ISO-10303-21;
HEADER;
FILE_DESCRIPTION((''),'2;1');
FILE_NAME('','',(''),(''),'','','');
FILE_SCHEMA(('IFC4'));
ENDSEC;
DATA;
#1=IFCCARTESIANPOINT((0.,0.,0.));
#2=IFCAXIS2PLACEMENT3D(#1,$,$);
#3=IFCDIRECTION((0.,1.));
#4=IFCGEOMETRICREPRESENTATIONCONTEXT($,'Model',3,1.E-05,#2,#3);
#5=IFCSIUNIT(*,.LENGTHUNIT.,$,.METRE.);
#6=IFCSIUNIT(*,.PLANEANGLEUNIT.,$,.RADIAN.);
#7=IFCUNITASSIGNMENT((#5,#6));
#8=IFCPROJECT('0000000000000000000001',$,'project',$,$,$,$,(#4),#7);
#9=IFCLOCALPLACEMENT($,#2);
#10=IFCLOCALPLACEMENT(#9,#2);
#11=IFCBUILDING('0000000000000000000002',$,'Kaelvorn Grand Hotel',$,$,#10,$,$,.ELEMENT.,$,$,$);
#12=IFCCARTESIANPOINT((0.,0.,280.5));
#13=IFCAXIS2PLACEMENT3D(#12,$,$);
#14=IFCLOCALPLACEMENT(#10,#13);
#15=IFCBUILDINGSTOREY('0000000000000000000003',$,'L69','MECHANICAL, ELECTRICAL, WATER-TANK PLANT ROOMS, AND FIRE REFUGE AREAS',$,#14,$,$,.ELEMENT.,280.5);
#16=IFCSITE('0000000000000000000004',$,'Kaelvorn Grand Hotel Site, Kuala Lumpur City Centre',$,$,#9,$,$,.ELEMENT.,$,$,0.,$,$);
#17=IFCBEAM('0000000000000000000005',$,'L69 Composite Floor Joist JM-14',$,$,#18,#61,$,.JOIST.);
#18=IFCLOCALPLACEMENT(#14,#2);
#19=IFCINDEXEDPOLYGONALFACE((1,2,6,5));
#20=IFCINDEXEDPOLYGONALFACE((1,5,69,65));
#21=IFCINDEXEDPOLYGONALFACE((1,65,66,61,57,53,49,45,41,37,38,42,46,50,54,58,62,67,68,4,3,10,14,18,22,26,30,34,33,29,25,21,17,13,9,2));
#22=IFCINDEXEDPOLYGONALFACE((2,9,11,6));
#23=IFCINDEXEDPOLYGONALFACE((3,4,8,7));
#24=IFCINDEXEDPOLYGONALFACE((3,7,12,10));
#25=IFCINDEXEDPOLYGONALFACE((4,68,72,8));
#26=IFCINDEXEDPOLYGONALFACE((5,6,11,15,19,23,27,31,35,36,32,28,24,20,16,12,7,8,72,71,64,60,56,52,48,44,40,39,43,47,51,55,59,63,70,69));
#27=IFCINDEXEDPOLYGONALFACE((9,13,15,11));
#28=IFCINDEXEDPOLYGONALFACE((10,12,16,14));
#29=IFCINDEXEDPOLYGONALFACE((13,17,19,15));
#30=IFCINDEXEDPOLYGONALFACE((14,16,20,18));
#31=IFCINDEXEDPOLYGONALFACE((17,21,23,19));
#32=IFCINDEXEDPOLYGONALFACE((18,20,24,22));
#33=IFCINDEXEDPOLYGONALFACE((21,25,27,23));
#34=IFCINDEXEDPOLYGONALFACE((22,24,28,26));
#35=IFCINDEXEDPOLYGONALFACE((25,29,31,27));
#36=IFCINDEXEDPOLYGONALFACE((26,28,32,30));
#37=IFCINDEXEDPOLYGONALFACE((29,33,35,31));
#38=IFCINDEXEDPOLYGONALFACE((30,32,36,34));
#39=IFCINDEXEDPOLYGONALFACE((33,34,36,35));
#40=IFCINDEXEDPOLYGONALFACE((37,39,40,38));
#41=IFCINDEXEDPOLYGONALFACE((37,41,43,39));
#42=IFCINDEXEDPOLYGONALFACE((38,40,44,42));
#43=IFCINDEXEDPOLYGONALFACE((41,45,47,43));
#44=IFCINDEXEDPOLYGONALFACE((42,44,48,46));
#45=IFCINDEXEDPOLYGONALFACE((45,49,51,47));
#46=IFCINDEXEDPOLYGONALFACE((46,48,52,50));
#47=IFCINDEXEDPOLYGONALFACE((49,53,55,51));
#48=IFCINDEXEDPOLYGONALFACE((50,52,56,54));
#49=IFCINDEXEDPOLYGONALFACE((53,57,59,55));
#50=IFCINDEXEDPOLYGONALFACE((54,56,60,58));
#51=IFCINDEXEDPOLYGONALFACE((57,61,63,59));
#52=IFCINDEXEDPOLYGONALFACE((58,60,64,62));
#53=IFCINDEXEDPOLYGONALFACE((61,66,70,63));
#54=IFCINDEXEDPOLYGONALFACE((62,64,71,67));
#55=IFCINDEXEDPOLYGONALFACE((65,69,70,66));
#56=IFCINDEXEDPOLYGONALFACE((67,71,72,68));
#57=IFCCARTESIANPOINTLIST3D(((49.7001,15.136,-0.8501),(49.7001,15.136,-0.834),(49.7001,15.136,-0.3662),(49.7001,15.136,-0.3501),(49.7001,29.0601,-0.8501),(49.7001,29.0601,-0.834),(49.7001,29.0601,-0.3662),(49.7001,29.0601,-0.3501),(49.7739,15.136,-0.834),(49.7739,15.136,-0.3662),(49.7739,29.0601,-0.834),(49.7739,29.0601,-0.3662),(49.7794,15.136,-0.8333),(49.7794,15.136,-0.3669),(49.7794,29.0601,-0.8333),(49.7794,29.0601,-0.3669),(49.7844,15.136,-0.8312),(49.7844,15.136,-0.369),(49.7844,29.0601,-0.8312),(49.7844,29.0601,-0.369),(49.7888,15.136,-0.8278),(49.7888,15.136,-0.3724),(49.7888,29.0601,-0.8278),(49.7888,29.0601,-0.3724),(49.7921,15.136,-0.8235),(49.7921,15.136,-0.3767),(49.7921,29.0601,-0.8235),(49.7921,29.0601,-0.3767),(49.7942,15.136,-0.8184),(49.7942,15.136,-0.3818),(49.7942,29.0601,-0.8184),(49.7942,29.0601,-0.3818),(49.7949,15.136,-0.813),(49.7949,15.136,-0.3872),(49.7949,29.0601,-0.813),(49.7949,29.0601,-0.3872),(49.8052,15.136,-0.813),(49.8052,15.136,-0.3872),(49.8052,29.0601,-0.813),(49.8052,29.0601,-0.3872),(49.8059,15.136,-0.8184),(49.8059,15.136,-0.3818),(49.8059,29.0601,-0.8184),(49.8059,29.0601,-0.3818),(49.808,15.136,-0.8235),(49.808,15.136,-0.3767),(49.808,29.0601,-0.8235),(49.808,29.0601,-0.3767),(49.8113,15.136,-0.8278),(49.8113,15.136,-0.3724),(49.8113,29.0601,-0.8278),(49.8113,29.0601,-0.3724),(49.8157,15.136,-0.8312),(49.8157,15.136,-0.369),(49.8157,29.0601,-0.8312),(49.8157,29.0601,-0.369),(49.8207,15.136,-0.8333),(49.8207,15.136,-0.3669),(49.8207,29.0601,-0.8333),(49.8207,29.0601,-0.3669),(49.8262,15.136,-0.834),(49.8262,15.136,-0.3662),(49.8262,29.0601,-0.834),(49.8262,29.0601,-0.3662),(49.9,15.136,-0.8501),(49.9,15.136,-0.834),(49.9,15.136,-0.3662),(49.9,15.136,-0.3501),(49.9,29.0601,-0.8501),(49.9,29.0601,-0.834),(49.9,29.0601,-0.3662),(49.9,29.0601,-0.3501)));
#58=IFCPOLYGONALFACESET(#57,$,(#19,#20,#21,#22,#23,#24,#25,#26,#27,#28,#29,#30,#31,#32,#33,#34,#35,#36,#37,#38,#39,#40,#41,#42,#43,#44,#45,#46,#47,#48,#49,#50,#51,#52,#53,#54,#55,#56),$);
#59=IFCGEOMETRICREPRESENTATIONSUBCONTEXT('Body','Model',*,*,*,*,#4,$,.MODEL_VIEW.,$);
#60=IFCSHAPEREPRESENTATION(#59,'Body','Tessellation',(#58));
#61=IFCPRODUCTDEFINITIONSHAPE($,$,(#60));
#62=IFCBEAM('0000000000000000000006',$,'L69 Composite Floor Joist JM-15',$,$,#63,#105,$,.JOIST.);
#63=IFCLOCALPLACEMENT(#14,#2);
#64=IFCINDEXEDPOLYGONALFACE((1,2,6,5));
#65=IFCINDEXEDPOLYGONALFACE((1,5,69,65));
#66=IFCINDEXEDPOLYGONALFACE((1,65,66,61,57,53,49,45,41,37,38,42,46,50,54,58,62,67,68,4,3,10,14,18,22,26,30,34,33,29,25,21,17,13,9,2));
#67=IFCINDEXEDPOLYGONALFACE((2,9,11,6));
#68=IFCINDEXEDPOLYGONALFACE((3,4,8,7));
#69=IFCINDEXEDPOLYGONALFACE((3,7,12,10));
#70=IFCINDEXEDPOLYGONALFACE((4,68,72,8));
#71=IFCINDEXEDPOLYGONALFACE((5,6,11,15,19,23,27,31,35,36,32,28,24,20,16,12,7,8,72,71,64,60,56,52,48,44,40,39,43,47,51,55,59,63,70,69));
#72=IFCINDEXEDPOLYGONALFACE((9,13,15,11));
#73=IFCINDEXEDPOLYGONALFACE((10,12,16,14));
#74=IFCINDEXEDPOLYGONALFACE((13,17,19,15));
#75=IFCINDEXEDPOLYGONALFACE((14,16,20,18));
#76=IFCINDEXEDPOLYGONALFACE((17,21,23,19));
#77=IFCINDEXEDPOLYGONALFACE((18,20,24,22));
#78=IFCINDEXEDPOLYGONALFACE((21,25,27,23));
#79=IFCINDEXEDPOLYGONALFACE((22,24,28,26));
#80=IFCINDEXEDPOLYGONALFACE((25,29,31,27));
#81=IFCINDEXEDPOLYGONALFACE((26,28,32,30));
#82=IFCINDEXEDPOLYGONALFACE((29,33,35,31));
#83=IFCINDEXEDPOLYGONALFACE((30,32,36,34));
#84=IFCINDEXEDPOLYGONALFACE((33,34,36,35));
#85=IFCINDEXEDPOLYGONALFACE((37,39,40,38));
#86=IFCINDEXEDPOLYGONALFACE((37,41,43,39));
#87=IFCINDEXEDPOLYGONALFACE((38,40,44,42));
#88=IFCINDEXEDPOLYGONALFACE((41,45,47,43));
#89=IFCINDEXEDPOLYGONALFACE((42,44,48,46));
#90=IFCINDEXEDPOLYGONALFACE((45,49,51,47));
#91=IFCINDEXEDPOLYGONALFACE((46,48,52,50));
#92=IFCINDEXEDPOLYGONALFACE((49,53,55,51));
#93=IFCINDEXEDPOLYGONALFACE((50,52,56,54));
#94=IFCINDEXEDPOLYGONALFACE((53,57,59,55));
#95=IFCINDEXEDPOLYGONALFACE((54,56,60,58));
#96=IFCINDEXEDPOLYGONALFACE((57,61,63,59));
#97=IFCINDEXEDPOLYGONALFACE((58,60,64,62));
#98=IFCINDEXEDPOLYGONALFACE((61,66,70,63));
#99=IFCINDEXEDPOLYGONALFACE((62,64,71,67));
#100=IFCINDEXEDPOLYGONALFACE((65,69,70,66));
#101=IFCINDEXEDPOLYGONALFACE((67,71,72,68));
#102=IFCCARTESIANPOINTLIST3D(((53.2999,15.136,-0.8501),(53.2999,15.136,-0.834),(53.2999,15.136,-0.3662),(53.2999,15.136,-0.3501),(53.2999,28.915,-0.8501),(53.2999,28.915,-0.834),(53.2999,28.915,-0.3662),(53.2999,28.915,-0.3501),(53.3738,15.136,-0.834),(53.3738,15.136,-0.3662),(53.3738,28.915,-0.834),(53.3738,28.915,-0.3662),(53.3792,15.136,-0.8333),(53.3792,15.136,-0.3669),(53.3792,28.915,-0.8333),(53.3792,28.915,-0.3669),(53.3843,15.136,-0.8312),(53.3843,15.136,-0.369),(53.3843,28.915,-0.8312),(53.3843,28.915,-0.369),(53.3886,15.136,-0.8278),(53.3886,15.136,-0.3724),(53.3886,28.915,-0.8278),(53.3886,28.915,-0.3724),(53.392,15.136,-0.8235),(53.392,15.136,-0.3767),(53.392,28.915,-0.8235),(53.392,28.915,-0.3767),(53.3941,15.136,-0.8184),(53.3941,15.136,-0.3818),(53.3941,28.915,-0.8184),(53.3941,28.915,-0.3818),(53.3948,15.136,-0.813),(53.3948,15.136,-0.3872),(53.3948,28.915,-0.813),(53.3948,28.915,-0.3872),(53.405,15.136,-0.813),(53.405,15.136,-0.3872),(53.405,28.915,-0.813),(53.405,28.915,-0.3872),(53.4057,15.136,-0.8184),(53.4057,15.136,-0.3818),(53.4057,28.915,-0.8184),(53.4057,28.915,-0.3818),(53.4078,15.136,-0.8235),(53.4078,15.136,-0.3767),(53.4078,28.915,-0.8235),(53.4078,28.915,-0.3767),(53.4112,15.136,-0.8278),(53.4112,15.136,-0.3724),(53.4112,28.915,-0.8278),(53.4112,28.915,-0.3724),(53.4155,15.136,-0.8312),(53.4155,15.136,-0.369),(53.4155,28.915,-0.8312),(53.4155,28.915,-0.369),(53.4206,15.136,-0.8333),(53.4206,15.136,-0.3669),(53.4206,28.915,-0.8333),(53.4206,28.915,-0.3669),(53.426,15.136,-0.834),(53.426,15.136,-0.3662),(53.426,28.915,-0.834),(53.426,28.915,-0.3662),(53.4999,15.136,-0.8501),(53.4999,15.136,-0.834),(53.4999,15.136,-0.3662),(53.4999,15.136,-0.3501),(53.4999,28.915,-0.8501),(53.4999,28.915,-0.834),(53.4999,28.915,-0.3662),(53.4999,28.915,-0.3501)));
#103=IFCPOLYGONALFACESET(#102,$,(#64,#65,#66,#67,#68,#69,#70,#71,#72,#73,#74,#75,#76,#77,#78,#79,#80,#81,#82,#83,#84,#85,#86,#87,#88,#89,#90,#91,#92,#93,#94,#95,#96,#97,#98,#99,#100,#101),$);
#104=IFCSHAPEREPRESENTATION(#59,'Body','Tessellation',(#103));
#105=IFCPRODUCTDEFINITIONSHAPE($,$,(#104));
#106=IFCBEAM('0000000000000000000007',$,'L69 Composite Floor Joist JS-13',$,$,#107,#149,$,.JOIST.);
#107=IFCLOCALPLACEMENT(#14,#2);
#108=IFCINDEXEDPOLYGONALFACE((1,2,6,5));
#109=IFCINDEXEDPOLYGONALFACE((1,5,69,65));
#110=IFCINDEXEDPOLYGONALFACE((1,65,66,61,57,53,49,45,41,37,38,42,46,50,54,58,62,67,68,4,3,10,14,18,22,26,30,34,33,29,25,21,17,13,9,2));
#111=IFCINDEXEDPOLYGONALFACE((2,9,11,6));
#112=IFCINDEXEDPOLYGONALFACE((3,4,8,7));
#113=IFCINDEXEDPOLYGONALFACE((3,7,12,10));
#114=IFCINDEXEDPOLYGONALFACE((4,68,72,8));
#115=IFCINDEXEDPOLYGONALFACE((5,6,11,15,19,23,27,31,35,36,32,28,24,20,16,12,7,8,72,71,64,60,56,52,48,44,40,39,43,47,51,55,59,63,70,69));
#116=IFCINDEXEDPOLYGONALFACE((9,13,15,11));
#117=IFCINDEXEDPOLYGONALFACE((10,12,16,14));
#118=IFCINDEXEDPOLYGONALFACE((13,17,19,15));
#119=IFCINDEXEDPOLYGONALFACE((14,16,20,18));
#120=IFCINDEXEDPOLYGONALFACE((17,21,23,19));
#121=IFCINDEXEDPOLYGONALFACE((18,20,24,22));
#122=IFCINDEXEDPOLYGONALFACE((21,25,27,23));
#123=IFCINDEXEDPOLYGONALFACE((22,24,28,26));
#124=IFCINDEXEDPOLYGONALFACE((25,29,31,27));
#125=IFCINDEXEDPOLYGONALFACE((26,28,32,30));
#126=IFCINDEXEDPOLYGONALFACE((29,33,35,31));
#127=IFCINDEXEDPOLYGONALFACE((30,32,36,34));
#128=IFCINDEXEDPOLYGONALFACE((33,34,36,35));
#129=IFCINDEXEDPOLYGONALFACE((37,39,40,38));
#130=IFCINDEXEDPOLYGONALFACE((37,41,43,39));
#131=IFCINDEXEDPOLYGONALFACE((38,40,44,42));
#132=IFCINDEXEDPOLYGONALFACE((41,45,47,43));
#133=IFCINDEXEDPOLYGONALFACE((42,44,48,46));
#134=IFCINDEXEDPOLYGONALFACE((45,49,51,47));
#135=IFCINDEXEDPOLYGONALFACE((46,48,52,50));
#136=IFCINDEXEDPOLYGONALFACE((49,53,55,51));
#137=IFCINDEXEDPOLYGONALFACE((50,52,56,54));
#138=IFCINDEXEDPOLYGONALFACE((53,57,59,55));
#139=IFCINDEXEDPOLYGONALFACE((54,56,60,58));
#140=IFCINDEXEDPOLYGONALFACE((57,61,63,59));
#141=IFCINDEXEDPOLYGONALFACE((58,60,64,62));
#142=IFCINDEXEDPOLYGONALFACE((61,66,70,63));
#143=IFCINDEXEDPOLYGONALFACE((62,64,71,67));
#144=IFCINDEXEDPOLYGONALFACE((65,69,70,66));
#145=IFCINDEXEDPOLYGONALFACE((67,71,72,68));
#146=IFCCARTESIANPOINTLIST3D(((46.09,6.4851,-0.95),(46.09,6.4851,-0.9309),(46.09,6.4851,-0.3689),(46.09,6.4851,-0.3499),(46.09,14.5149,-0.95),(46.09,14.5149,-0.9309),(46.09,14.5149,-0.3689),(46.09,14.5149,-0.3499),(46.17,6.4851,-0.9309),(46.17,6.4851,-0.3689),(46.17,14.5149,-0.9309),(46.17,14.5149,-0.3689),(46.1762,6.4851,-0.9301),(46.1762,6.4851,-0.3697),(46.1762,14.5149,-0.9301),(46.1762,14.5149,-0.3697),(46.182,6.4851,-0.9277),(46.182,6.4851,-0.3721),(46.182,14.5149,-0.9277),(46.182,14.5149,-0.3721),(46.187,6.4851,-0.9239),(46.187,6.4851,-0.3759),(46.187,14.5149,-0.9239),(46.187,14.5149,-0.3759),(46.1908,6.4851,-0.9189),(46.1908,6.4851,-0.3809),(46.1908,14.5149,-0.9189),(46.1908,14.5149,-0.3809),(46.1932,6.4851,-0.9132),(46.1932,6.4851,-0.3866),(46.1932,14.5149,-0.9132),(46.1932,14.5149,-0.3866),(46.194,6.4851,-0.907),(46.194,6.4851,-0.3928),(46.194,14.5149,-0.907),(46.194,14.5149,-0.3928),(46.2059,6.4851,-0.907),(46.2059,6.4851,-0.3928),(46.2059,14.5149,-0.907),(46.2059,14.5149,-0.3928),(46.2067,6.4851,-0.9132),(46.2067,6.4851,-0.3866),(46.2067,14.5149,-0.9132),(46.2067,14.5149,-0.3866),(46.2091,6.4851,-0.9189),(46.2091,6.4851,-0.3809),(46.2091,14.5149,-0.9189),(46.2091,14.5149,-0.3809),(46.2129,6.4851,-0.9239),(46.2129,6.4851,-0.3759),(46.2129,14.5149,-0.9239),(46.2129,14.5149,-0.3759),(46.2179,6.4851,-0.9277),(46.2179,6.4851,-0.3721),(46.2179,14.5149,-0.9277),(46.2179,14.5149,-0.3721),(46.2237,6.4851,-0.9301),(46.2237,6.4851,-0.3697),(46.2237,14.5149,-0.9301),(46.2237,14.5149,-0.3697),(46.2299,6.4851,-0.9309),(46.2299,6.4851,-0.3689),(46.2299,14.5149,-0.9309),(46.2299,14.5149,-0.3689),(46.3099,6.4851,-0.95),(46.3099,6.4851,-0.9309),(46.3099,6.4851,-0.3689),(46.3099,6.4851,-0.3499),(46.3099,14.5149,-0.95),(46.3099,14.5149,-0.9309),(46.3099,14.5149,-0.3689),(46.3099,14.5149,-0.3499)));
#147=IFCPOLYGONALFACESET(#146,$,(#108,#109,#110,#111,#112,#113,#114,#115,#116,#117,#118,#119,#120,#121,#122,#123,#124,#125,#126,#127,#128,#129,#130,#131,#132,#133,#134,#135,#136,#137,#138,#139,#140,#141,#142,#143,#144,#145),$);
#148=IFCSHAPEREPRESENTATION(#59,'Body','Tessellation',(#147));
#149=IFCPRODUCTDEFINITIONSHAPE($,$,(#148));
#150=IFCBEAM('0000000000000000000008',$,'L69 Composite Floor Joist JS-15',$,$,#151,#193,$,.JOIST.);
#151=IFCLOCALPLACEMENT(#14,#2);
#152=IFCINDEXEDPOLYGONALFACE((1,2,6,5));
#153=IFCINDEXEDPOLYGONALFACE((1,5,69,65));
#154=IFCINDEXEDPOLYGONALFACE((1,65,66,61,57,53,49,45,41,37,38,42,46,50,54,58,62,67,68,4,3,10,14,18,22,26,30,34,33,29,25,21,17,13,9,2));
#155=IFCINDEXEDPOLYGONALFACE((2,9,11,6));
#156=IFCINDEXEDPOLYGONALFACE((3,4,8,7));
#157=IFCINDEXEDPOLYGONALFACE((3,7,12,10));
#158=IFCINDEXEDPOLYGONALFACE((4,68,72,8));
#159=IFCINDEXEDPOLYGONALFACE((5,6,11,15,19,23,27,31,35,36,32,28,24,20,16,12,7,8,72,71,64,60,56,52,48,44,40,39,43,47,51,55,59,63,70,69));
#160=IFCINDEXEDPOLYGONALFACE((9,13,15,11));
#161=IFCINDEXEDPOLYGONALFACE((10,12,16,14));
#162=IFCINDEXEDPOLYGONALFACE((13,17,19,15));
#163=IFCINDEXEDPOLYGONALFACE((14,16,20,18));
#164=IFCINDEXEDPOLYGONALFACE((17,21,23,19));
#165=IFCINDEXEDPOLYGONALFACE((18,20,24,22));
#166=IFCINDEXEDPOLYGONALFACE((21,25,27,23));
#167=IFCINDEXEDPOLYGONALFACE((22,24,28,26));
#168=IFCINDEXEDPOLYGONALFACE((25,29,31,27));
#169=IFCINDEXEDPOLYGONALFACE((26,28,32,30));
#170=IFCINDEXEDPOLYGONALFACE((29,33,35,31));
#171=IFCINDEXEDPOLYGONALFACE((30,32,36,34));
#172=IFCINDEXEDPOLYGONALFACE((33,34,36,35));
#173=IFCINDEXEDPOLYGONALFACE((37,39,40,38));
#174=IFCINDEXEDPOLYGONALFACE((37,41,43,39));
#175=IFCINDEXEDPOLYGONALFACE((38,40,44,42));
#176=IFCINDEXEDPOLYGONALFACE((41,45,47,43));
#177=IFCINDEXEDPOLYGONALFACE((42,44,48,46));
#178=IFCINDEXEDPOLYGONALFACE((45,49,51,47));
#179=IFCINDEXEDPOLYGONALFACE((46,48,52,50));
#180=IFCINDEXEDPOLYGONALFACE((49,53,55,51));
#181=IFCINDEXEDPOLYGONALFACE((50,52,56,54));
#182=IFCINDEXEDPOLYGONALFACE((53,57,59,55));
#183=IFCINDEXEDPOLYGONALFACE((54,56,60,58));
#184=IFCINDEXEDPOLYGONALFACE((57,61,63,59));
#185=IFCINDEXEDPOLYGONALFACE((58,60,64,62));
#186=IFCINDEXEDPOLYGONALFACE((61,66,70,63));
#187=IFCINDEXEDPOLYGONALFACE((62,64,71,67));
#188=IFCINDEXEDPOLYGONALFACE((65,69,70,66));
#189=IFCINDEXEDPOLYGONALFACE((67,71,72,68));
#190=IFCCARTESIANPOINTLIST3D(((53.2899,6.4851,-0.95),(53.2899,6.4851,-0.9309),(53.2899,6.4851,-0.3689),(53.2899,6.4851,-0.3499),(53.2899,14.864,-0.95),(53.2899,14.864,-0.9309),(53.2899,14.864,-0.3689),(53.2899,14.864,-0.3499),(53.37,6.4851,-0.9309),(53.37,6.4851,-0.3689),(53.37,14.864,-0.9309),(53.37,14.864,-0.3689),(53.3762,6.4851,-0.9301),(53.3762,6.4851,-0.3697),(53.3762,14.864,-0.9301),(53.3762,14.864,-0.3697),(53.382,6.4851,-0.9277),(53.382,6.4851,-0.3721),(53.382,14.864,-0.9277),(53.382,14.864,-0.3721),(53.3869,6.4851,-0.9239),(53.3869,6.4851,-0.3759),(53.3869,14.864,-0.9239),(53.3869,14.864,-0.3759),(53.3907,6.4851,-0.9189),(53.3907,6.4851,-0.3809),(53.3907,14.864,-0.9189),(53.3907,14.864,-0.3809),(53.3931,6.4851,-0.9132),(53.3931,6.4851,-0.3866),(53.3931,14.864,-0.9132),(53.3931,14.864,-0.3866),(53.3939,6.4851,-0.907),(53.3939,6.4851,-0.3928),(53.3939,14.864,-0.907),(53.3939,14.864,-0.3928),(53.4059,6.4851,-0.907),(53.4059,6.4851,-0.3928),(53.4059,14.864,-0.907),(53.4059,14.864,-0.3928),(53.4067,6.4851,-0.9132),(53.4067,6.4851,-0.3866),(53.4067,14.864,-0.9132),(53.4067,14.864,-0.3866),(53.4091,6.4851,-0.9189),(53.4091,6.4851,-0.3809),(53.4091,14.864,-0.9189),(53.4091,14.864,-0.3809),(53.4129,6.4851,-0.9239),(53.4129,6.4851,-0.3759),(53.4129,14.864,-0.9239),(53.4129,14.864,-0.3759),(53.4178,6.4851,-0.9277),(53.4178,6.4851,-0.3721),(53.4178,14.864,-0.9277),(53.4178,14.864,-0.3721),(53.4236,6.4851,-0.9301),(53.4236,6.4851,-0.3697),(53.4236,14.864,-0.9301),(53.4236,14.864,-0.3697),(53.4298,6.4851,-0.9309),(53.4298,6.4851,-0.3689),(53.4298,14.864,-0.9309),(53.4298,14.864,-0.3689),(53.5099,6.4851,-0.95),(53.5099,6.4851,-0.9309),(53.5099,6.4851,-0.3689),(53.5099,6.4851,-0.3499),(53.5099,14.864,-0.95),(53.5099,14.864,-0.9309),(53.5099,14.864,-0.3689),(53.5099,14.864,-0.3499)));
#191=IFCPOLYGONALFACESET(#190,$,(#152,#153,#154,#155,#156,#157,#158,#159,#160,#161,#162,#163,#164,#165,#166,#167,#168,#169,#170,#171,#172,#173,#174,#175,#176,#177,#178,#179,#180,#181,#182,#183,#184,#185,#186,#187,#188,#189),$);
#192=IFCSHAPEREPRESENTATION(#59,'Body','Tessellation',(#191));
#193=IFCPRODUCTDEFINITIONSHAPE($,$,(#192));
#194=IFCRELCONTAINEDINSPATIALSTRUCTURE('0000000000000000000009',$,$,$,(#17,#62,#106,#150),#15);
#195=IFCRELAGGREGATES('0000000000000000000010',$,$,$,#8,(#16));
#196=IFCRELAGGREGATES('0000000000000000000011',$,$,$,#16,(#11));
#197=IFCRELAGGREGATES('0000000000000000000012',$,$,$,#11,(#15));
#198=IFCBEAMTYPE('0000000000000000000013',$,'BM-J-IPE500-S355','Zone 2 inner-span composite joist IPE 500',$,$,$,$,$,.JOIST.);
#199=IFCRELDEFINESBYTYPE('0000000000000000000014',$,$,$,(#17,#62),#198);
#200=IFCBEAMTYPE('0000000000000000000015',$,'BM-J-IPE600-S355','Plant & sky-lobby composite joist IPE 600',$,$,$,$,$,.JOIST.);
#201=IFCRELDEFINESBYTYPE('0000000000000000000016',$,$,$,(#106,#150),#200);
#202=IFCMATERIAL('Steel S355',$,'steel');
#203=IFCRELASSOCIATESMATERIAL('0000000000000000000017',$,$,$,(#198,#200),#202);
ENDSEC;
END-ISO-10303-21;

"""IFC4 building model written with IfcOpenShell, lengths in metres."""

from ifc_helpers import new_model, si_unit, direction, frame, origin, origin_2d, place, context, subcontext, project, spatial, i_section, extrude, material, material_profile, profile_set, type_object, element, save


model = new_model("IFC4")

# Units and contexts
model_context = context("Model", 3, precision=1e-05, world=origin(), true_north=direction((0.0, 1.0)))
body_context = subcontext(model_context, "Body", "Model", "MODEL_VIEW")
ifc_project = project(units=[si_unit("LENGTHUNIT", "METRE"), si_unit("PLANEANGLEUNIT", "RADIAN")], contexts=[model_context])

# Site, building, storey
site_placement = place(None, origin())
site = spatial("IfcSite", under=ifc_project, at=site_placement, Name="Kaelvorn Grand Hotel Site, Kuala Lumpur City Centre", CompositionType="ELEMENT", RefElevation=0.0)
building_placement = place(site_placement, origin())
building = spatial("IfcBuilding", under=site, at=building_placement, Name="Kaelvorn Grand Hotel", CompositionType="ELEMENT")
storey_placement = place(building_placement, frame((0.0, 0.0, 280.5)))
storey = spatial("IfcBuildingStorey", under=building, at=storey_placement, Name="L69", Description="MECHANICAL, ELECTRICAL, WATER-TANK PLANT ROOMS, AND FIRE REFUGE AREAS", CompositionType="ELEMENT", Elevation=280.5)

# Beams
ifc_material_1 = material(Name="Steel S355", Category="steel")
ifc_material_profile_1 = material_profile(ifc_material_1, i_section(OverallWidth=0.2, OverallDepth=0.5, WebThickness=0.0103, FlangeThickness=0.0161, FilletRadius=0.021, at=origin_2d()), Name="IPE 500")
ifc_profile_set_1 = profile_set([ifc_material_profile_1], Name="Steel S355")
beam_type_1 = type_object("IfcBeamType", Name="BM-J-IPE500-S355", Description="Zone 2 inner-span composite joist IPE 500", PredefinedType="JOIST", material=ifc_profile_set_1)
beam_1_placement = place(storey_placement, frame((49.8, 15.136, -0.6001), z_axis=(0.0, 1.0, 0.0), x_axis=(-1.0, 0.0, 0.0)))
element("IfcBeam", 1, at=beam_1_placement, inside=storey, type_object=beam_type_1, Name="L69 Composite Floor Joist JM-14", PredefinedType="JOIST", context=body_context, shape_type="SweptSolid", body=[
    extrude(i_section(OverallWidth=0.2, OverallDepth=0.5, WebThickness=0.0103, FlangeThickness=0.0161, FilletRadius=0.021, at=origin_2d()), origin(), (0.0, 0.0, 1.0), 13.9241),
])
beam_2_placement = place(storey_placement, frame((53.3999, 15.136, -0.6001), z_axis=(0.0, 1.0, 0.0), x_axis=(-1.0, 0.0, 0.0)))
element("IfcBeam", 2, at=beam_2_placement, inside=storey, type_object=beam_type_1, Name="L69 Composite Floor Joist JM-15", PredefinedType="JOIST", context=body_context, shape_type="SweptSolid", body=[
    extrude(i_section(OverallWidth=0.2, OverallDepth=0.5, WebThickness=0.0103, FlangeThickness=0.0161, FilletRadius=0.021, at=origin_2d()), origin(), (0.0, 0.0, 1.0), 13.7791),
])
ifc_material_profile_2 = material_profile(ifc_material_1, i_section(OverallWidth=0.22, OverallDepth=0.6001, WebThickness=0.012, FlangeThickness=0.019, FilletRadius=0.0239, at=origin_2d()), Name="IPE 600")
ifc_profile_set_2 = profile_set([ifc_material_profile_2], Name="Steel S355")
beam_type_2 = type_object("IfcBeamType", Name="BM-J-IPE600-S355", Description="Plant & sky-lobby composite joist IPE 600", PredefinedType="JOIST", material=ifc_profile_set_2)
beam_3_placement = place(storey_placement, frame((46.2, 6.4851, -0.6499), z_axis=(0.0, 1.0, 0.0), x_axis=(-1.0, 0.0, 0.0)))
element("IfcBeam", 3, at=beam_3_placement, inside=storey, type_object=beam_type_2, Name="L69 Composite Floor Joist JS-13", PredefinedType="JOIST", context=body_context, shape_type="SweptSolid", body=[
    extrude(i_section(OverallWidth=0.22, OverallDepth=0.6001, WebThickness=0.012, FlangeThickness=0.019, FilletRadius=0.0239, at=origin_2d()), origin(), (0.0, 0.0, 1.0), 8.0298),
])
beam_4_placement = place(storey_placement, frame((53.3999, 6.4851, -0.6499), z_axis=(0.0, 1.0, 0.0), x_axis=(-1.0, 0.0, 0.0)))
element("IfcBeam", 4, at=beam_4_placement, inside=storey, type_object=beam_type_2, Name="L69 Composite Floor Joist JS-15", PredefinedType="JOIST", context=body_context, shape_type="SweptSolid", body=[
    extrude(i_section(OverallWidth=0.22, OverallDepth=0.6001, WebThickness=0.012, FlangeThickness=0.019, FilletRadius=0.0239, at=origin_2d()), origin(), (0.0, 0.0, 1.0), 8.3789),
])

save(model, "model.ifc")
